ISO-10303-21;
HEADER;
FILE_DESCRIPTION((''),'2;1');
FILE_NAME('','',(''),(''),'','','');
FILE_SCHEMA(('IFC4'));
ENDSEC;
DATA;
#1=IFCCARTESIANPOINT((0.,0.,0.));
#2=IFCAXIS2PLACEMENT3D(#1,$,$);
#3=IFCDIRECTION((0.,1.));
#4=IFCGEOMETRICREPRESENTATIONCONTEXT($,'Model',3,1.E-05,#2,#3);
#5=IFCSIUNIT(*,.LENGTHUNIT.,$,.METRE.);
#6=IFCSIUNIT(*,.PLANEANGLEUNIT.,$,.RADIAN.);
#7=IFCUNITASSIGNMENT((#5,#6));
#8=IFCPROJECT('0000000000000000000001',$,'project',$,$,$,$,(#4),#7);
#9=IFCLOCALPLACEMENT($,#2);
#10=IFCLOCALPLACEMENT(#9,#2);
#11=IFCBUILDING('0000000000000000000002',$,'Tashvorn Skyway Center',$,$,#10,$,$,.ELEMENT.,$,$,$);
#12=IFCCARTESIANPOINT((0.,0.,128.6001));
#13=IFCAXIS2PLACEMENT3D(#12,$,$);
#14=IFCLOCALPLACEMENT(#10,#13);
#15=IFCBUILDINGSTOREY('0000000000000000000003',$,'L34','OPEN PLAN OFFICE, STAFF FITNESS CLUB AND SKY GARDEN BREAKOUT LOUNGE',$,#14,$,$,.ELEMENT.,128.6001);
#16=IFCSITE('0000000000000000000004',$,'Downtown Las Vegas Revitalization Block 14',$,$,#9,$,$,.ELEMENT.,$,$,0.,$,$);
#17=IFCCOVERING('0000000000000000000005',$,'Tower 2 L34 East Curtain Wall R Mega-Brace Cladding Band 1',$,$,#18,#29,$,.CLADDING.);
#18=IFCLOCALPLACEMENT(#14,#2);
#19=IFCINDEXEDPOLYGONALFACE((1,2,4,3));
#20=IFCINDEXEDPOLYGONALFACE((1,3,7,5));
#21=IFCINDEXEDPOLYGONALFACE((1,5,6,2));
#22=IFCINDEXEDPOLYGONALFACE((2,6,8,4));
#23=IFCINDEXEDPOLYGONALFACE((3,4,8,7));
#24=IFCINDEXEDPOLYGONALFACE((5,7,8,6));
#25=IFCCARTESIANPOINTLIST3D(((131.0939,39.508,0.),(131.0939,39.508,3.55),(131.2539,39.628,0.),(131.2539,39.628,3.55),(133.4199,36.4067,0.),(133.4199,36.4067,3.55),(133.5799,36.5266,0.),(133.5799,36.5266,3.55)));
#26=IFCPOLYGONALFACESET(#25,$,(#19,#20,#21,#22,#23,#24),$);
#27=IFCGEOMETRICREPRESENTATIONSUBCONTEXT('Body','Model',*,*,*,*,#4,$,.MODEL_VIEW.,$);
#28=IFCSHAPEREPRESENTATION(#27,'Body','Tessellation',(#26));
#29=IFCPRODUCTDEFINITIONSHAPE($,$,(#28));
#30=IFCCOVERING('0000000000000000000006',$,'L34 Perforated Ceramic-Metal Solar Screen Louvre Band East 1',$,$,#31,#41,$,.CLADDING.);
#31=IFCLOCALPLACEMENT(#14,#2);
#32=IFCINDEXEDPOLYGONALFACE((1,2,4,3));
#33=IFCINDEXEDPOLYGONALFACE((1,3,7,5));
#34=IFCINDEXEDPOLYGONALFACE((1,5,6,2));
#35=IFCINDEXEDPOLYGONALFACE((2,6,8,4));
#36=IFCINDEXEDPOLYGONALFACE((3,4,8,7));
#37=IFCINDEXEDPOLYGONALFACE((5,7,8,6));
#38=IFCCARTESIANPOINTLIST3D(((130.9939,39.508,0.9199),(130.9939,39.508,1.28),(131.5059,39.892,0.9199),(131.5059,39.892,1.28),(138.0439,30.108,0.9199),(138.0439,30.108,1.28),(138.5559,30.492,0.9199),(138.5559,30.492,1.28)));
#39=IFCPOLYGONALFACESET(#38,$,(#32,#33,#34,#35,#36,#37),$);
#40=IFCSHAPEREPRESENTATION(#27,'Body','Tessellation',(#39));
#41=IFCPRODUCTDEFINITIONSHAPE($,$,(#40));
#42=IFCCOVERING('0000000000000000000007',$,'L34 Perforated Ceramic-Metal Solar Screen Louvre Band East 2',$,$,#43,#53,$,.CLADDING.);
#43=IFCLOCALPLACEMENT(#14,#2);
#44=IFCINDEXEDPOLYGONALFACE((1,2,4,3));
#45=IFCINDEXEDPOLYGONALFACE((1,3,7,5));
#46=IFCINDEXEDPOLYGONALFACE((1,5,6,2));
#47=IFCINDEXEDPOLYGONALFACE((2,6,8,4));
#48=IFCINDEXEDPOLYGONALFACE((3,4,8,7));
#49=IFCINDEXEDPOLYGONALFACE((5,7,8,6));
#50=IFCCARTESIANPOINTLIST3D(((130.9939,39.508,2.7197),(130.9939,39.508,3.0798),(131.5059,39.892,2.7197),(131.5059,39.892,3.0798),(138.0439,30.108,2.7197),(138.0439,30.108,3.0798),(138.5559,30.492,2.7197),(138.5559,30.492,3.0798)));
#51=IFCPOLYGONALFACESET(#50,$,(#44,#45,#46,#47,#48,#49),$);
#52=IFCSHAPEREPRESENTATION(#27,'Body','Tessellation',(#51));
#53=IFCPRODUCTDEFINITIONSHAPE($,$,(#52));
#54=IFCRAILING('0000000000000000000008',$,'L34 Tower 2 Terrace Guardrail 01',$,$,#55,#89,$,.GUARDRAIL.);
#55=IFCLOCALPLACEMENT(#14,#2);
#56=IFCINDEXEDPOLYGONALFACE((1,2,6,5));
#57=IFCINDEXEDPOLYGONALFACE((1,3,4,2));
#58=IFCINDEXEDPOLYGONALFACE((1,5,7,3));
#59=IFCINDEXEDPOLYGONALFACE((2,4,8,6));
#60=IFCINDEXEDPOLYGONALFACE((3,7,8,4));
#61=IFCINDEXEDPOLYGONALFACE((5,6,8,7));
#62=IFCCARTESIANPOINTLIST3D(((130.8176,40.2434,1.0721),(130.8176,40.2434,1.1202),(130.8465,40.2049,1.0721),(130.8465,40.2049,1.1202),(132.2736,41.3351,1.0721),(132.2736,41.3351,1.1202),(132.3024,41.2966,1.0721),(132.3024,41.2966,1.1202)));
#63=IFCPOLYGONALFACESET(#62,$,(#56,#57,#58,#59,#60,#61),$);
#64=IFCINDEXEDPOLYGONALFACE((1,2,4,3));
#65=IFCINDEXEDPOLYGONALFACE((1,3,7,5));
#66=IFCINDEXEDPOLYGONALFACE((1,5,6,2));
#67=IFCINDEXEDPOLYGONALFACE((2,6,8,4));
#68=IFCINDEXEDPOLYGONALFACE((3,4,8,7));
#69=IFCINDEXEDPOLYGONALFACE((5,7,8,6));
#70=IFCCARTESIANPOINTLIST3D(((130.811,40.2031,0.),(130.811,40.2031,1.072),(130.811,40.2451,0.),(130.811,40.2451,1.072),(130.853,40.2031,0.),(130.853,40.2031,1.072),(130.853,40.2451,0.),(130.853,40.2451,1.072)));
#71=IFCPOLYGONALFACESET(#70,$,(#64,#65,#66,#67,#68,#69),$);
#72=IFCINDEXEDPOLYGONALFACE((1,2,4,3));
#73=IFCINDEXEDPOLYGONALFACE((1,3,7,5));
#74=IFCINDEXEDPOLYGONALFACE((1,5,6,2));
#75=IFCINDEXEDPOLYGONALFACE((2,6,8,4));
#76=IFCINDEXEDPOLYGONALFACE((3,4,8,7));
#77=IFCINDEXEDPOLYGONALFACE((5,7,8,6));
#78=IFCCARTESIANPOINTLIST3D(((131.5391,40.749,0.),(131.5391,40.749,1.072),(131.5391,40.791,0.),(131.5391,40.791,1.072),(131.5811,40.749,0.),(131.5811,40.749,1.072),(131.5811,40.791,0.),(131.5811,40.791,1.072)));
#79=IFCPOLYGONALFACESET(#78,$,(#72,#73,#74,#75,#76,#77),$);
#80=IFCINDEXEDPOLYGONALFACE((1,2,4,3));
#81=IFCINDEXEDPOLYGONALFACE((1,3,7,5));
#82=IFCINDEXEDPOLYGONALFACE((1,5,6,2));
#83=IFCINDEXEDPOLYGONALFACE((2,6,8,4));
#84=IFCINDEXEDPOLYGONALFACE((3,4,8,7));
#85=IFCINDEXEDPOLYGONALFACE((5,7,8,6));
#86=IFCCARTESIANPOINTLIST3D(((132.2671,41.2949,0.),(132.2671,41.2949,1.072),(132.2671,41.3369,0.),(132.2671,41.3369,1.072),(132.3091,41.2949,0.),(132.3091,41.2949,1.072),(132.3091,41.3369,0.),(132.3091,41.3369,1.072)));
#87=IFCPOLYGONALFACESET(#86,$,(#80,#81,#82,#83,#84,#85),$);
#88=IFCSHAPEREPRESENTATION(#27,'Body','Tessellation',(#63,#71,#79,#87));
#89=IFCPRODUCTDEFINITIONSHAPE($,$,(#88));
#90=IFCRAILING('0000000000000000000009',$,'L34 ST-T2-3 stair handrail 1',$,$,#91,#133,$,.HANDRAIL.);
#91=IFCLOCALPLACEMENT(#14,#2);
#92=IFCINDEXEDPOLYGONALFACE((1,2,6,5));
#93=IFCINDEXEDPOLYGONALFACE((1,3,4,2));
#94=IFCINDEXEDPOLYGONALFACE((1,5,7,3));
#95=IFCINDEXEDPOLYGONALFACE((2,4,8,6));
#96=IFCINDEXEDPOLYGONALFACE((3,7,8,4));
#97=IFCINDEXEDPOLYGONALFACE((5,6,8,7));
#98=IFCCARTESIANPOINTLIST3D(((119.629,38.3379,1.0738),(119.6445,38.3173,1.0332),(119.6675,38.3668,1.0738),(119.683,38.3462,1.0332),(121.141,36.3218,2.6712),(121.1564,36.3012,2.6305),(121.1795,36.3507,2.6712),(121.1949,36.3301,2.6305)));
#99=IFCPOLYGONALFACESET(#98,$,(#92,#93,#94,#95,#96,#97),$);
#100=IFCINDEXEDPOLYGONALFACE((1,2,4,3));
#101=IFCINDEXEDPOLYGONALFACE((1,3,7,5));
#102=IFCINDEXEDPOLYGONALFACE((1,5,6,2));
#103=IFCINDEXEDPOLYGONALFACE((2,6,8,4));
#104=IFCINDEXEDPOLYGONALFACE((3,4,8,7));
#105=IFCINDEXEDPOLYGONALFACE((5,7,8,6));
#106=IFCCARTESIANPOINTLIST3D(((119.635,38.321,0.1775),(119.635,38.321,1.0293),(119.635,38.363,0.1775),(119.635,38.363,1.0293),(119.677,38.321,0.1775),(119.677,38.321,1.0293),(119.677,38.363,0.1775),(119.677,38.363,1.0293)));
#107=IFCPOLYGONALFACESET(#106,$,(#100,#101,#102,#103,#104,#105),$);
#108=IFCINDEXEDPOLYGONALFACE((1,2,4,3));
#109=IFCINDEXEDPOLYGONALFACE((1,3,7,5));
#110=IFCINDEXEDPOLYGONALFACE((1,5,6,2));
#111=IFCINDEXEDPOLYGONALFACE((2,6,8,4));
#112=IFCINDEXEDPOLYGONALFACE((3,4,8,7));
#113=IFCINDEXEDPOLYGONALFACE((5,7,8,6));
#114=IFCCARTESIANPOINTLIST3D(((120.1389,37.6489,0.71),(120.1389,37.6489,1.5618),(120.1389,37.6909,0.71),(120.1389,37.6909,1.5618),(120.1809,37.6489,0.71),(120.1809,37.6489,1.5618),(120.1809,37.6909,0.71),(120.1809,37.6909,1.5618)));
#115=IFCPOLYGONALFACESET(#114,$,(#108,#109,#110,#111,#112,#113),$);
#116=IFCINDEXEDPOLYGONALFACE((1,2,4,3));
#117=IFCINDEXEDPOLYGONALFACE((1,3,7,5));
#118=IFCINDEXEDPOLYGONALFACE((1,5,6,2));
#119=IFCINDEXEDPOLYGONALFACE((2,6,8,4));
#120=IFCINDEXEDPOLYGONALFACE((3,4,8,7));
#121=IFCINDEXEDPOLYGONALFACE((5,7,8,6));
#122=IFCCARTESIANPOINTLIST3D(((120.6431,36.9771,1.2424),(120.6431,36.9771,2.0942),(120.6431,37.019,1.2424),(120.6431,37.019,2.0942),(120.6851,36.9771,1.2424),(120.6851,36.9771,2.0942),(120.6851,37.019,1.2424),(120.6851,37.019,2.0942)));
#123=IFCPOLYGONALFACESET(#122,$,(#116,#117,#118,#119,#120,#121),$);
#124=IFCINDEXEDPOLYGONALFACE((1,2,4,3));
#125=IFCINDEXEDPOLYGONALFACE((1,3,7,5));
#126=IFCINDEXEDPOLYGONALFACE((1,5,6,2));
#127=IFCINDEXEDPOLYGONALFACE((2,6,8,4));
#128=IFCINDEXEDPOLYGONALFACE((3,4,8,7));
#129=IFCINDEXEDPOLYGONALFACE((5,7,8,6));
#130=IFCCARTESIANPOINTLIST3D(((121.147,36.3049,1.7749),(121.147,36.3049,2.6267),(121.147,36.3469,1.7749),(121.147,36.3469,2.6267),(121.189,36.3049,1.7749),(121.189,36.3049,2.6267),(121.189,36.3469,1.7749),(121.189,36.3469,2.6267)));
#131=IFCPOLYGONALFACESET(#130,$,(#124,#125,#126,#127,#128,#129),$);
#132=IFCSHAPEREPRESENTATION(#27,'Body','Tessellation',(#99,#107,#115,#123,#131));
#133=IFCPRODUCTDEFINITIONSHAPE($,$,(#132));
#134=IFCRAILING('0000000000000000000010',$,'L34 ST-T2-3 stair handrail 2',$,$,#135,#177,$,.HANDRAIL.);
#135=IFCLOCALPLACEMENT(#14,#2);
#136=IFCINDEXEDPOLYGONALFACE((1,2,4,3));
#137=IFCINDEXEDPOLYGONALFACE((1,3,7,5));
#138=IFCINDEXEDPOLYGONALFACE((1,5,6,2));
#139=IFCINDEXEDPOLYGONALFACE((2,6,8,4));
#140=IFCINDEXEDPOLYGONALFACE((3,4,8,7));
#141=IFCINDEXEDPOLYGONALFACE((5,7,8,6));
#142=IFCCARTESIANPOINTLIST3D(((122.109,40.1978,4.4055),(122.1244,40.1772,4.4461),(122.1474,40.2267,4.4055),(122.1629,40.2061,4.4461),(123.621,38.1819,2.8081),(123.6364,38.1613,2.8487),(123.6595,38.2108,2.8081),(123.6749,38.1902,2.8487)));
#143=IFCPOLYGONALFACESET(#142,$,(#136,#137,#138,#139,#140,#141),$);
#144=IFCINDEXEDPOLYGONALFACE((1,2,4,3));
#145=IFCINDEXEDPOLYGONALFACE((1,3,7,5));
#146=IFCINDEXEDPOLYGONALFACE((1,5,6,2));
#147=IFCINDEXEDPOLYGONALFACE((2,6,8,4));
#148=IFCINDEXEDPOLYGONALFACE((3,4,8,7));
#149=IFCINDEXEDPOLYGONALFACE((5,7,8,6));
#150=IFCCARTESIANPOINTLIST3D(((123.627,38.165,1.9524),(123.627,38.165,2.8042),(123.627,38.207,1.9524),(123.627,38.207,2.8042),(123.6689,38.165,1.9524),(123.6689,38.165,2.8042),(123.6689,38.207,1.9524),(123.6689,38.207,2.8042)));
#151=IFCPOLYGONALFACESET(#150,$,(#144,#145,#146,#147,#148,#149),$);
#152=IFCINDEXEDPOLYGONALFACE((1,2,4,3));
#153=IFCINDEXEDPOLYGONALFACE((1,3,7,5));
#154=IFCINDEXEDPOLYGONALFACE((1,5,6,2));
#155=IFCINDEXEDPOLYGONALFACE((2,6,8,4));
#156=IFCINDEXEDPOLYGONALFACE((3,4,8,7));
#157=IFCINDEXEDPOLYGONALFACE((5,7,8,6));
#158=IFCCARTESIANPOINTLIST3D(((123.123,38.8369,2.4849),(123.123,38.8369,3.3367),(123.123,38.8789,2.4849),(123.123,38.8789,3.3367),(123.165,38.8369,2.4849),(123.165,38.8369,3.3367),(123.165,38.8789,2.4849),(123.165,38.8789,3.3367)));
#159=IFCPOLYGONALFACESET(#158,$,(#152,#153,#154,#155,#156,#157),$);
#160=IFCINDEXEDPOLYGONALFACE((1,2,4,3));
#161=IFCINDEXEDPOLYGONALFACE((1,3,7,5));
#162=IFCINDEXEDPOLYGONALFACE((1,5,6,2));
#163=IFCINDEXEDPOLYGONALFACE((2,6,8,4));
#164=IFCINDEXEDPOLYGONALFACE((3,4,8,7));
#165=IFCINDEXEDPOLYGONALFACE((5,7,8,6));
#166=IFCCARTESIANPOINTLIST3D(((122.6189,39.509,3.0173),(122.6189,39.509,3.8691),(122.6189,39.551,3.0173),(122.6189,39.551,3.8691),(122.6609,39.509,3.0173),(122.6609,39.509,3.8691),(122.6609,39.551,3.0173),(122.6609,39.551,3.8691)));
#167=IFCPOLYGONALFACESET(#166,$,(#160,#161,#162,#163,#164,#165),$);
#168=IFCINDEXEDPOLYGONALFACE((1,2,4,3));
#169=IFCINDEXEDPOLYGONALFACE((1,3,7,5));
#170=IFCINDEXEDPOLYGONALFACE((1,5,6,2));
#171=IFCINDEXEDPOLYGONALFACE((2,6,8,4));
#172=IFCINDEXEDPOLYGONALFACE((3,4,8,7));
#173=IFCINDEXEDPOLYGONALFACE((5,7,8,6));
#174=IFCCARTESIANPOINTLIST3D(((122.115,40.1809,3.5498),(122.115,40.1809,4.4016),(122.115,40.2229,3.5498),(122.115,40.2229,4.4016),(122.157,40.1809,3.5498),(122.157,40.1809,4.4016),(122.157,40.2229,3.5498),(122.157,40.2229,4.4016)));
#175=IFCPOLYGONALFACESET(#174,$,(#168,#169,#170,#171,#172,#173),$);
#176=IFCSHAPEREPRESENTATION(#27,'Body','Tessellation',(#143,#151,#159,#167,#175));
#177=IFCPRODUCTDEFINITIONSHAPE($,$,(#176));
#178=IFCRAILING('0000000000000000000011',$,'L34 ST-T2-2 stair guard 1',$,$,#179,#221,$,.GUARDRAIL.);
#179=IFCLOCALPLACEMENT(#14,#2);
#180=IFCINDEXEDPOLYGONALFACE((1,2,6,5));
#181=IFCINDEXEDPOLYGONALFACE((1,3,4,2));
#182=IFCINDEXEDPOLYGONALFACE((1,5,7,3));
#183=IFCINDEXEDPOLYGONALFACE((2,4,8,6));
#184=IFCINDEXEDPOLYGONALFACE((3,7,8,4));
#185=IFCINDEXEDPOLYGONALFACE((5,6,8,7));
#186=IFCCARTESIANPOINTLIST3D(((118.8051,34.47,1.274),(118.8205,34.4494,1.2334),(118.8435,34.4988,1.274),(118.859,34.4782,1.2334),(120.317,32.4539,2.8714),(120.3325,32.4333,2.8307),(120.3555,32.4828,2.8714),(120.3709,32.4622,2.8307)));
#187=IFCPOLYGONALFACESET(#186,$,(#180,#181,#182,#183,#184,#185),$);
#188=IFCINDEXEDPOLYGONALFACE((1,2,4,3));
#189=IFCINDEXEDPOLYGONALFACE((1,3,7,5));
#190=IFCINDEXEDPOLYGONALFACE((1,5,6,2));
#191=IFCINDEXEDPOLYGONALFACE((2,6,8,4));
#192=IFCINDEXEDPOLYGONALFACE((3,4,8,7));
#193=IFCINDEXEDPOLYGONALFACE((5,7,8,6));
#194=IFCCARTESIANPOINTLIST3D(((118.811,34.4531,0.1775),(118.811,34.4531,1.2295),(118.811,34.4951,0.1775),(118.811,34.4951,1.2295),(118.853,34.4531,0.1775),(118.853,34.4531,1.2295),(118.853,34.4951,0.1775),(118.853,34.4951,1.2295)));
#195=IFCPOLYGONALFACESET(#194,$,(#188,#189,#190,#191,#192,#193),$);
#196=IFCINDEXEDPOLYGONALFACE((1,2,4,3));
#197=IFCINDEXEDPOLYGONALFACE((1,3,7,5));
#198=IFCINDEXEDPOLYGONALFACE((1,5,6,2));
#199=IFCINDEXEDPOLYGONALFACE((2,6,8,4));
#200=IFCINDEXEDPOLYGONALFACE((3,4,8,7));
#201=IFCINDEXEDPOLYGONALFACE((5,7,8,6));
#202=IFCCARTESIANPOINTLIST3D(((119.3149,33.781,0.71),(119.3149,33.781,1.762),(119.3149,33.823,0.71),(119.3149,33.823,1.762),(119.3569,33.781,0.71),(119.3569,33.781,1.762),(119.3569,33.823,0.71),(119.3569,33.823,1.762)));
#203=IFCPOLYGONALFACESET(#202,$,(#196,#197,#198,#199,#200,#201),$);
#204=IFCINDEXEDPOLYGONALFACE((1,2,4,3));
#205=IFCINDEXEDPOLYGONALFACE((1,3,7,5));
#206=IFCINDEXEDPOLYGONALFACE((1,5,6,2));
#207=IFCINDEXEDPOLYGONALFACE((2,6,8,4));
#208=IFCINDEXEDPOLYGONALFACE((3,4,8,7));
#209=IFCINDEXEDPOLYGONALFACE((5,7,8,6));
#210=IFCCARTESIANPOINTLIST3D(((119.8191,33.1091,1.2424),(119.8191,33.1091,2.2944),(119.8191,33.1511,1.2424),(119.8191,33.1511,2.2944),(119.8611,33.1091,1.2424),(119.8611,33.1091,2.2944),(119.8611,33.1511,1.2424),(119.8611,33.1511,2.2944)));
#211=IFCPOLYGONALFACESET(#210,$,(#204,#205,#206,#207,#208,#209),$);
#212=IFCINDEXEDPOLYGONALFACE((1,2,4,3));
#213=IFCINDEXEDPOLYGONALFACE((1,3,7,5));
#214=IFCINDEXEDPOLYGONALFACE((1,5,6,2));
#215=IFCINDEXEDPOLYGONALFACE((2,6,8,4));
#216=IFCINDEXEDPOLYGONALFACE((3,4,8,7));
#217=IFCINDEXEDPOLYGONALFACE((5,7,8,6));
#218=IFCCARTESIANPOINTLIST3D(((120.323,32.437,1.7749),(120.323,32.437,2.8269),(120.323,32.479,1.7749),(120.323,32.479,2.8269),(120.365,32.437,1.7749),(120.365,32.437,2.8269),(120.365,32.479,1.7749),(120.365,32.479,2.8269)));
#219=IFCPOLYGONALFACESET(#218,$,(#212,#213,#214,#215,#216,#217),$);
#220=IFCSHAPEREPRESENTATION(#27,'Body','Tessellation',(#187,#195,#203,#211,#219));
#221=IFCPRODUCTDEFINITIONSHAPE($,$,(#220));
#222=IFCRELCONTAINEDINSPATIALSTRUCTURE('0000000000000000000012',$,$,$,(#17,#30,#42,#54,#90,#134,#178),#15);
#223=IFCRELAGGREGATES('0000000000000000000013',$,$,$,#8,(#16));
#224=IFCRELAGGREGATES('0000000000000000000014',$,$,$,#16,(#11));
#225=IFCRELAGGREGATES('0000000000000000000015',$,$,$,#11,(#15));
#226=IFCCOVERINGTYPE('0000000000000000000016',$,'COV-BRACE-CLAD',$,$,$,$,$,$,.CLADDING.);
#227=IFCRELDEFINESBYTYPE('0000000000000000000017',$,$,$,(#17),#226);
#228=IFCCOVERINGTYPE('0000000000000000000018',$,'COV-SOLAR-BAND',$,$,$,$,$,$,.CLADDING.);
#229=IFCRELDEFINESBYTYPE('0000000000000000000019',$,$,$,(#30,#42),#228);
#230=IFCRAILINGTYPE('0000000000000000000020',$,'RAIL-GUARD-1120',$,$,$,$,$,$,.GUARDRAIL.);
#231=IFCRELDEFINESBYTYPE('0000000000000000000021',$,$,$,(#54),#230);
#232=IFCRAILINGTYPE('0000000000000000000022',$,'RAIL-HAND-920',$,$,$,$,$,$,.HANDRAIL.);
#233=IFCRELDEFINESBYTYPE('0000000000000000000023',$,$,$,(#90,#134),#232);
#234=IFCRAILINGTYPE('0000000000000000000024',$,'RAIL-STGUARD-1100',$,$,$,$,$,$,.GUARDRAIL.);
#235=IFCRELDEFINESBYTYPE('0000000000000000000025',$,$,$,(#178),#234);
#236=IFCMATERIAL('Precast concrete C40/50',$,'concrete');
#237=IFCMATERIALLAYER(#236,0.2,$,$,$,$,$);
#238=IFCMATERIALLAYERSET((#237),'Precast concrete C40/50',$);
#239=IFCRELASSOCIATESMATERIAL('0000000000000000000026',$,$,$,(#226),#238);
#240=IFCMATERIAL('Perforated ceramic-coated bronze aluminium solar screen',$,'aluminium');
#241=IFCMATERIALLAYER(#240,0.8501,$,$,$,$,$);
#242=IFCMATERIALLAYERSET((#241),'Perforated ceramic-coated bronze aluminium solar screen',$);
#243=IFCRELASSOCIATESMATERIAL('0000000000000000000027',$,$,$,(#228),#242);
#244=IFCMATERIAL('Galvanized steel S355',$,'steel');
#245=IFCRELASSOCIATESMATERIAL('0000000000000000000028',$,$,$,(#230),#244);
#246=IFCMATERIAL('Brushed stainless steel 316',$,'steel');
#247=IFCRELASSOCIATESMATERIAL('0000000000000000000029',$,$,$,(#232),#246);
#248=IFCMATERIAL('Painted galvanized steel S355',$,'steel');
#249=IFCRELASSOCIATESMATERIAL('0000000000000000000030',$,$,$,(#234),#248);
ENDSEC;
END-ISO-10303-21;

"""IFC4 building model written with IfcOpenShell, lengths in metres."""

from ifc_helpers import new_model, si_unit, direction, frame, origin, origin_2d, place, context, subcontext, project, spatial, rectangle, extrude, material, layer, layer_set, type_object, element, save


model = new_model("IFC4")

# Units and contexts
model_context = context("Model", 3, precision=1e-05, world=origin(), true_north=direction((0.0, 1.0)))
body_context = subcontext(model_context, "Body", "Model", "MODEL_VIEW")
ifc_project = project(units=[si_unit("LENGTHUNIT", "METRE"), si_unit("PLANEANGLEUNIT", "RADIAN")], contexts=[model_context])

# Site, building, storey
site_placement = place(None, origin())
site = spatial("IfcSite", under=ifc_project, at=site_placement, Name="Downtown Las Vegas Revitalization Block 14", CompositionType="ELEMENT", RefElevation=0.0)
building_placement = place(site_placement, origin())
building = spatial("IfcBuilding", under=site, at=building_placement, Name="Tashvorn Skyway Center", CompositionType="ELEMENT")
storey_placement = place(building_placement, frame((0.0, 0.0, 128.6001)))
storey = spatial("IfcBuildingStorey", under=building, at=storey_placement, Name="L34", Description="OPEN PLAN OFFICE, STAFF FITNESS CLUB AND SKY GARDEN BREAKOUT LOUNGE", CompositionType="ELEMENT", Elevation=128.6001)

# Coverings
ifc_material_1 = material(Name="Precast concrete C40/50", Category="concrete")
ifc_layer_1 = layer(ifc_material_1, 0.2)
ifc_layer_set_1 = layer_set([ifc_layer_1], Name="Precast concrete C40/50")
covering_type_1 = type_object("IfcCoveringType", Name="COV-BRACE-CLAD", PredefinedType="CLADDING", material=ifc_layer_set_1)
covering_placement = place(storey_placement, frame((132.3369, 38.0173, 0.0), z_axis=(0.0, 0.0, 1.0), x_axis=(0.6, -0.8, 0.0)))
element("IfcCovering", 1, at=covering_placement, inside=storey, type_object=covering_type_1, Name="Tower 2 L34 East Curtain Wall R Mega-Brace Cladding Band 1", PredefinedType="CLADDING", context=body_context, shape_type="SweptSolid", body=[
    extrude(rectangle(XDim=3.8767, YDim=0.2, at=origin_2d()), origin(), (0.0, 0.0, 1.0), 3.55),
])
ifc_material_2 = material(Name="Perforated ceramic-coated bronze aluminium solar screen", Category="aluminium")
ifc_layer_2 = layer(ifc_material_2, 0.8501)
ifc_layer_set_2 = layer_set([ifc_layer_2], Name="Perforated ceramic-coated bronze aluminium solar screen")
covering_type_2 = type_object("IfcCoveringType", Name="COV-SOLAR-BAND", PredefinedType="CLADDING", material=ifc_layer_set_2)
for number, where, z_axis, x_axis, name in (
    (2, (134.7749, 35.0, 0.9199), (0.0, 0.0, 1.0), (0.6, -0.8, 0.0), "L34 Perforated Ceramic-Metal Solar Screen Louvre Band East 1"),
    (3, (134.7749, 35.0, 2.7197), (0.0, 0.0, 1.0), (0.6, -0.8, 0.0), "L34 Perforated Ceramic-Metal Solar Screen Louvre Band East 2"),
):
    element("IfcCovering", number, at=place(storey_placement, frame(where, z_axis=z_axis, x_axis=x_axis)), inside=storey, type_object=covering_type_2, Name=name, PredefinedType="CLADDING", context=body_context, shape_type="SweptSolid", body=[
        extrude(rectangle(XDim=11.75, YDim=0.6399, at=origin_2d()), origin(), (0.0, 0.0, 1.0), 0.3601),
    ])

# Railings
ifc_material_3 = material(Name="Galvanized steel S355", Category="steel")
railing_type_1 = type_object("IfcRailingType", Name="RAIL-GUARD-1120", PredefinedType="GUARDRAIL", material=ifc_material_3)
railing_1_placement = place(storey_placement, frame((130.832, 40.2241, 0.0)))
element("IfcRailing", 4, at=railing_1_placement, inside=storey, type_object=railing_type_1, Name="L34 Tower 2 Terrace Guardrail 01", PredefinedType="GUARDRAIL", context=body_context, shape_type="SweptSolid", body=[
    extrude(rectangle(XDim=0.0481, YDim=0.0481, at=origin_2d()), frame((0.0, 0.0, 1.0962), z_axis=(0.800064, 0.599914, 0.0), x_axis=(-0.599914, 0.800064, 0.0)), (0.0, 0.0, 1.0), 1.8198),
    extrude(rectangle(XDim=0.042, YDim=0.042, at=origin_2d()), origin(), (0.0, 0.0, 1.0), 1.072),
    extrude(rectangle(XDim=0.042, YDim=0.042, at=origin_2d()), frame((0.728, 0.5459, 0.0)), (0.0, 0.0, 1.0), 1.072),
    extrude(rectangle(XDim=0.042, YDim=0.042, at=origin_2d()), frame((1.4561, 1.0918, 0.0)), (0.0, 0.0, 1.0), 1.072),
])
ifc_material_4 = material(Name="Brushed stainless steel 316", Category="steel")
railing_type_2 = type_object("IfcRailingType", Name="RAIL-HAND-920", PredefinedType="HANDRAIL", material=ifc_material_4)
railing_2_placement = place(storey_placement, frame((119.656, 38.342, 0.1775)))
element("IfcRailing", 5, at=railing_2_placement, inside=storey, type_object=railing_type_2, Name="L34 ST-T2-3 stair handrail 1", PredefinedType="HANDRAIL", context=body_context, shape_type="SweptSolid", body=[
    extrude(rectangle(XDim=0.0481, YDim=0.0481, at=origin_2d()), frame((0.0, 0.0, 0.876), z_axis=(0.506741, -0.675709, 0.535379), x_axis=(0.800023, 0.599969, 0.0)), (0.0, 0.0, 1.0), 2.9836),
    extrude(rectangle(XDim=0.042, YDim=0.042, at=origin_2d()), origin(), (0.0, 0.0, 1.0), 0.8518),
    extrude(rectangle(XDim=0.042, YDim=0.042, at=origin_2d()), frame((0.5039, -0.6721, 0.5325)), (0.0, 0.0, 1.0), 0.8518),
    extrude(rectangle(XDim=0.042, YDim=0.042, at=origin_2d()), frame((1.0081, -1.344, 1.0649)), (0.0, 0.0, 1.0), 0.8518),
    extrude(rectangle(XDim=0.042, YDim=0.042, at=origin_2d()), frame((1.512, -2.0161, 1.5974)), (0.0, 0.0, 1.0), 0.8518),
])
railing_3_placement = place(storey_placement, frame((123.6479, 38.186, 1.9524)))
element("IfcRailing", 6, at=railing_3_placement, inside=storey, type_object=railing_type_2, Name="L34 ST-T2-3 stair handrail 2", PredefinedType="HANDRAIL", context=body_context, shape_type="SweptSolid", body=[
    extrude(rectangle(XDim=0.0481, YDim=0.0481, at=origin_2d()), frame((0.0, 0.0, 0.876), z_axis=(-0.506769, 0.675664, 0.535409), x_axis=(-0.799988, -0.600016, 0.0)), (0.0, 0.0, 1.0), 2.9836),
    extrude(rectangle(XDim=0.042, YDim=0.042, at=origin_2d()), origin(), (0.0, 0.0, 1.0), 0.8518),
    extrude(rectangle(XDim=0.042, YDim=0.042, at=origin_2d()), frame((-0.5039, 0.6719, 0.5325)), (0.0, 0.0, 1.0), 0.8518),
    extrude(rectangle(XDim=0.042, YDim=0.042, at=origin_2d()), frame((-1.0081, 1.344, 1.0649)), (0.0, 0.0, 1.0), 0.8518),
    extrude(rectangle(XDim=0.042, YDim=0.042, at=origin_2d()), frame((-1.512, 2.0159, 1.5974)), (0.0, 0.0, 1.0), 0.8518),
])
ifc_material_5 = material(Name="Painted galvanized steel S355", Category="steel")
railing_type_3 = type_object("IfcRailingType", Name="RAIL-STGUARD-1100", PredefinedType="GUARDRAIL", material=ifc_material_5)
railing_4_placement = place(storey_placement, frame((118.832, 34.4741, 0.1775)))
element("IfcRailing", 7, at=railing_4_placement, inside=storey, type_object=railing_type_3, Name="L34 ST-T2-2 stair guard 1", PredefinedType="GUARDRAIL", context=body_context, shape_type="SweptSolid", body=[
    extrude(rectangle(XDim=0.0481, YDim=0.0481, at=origin_2d()), frame((0.0, 0.0, 1.0762), z_axis=(0.506741, -0.675709, 0.535379), x_axis=(0.800023, 0.599969, 0.0)), (0.0, 0.0, 1.0), 2.9836),
    extrude(rectangle(XDim=0.042, YDim=0.042, at=origin_2d()), origin(), (0.0, 0.0, 1.0), 1.052),
    extrude(rectangle(XDim=0.042, YDim=0.042, at=origin_2d()), frame((0.5039, -0.6721, 0.5325)), (0.0, 0.0, 1.0), 1.052),
    extrude(rectangle(XDim=0.042, YDim=0.042, at=origin_2d()), frame((1.0081, -1.344, 1.0649)), (0.0, 0.0, 1.0), 1.052),
    extrude(rectangle(XDim=0.042, YDim=0.042, at=origin_2d()), frame((1.512, -2.0161, 1.5974)), (0.0, 0.0, 1.0), 1.052),
])

save(model, "model.ifc")
